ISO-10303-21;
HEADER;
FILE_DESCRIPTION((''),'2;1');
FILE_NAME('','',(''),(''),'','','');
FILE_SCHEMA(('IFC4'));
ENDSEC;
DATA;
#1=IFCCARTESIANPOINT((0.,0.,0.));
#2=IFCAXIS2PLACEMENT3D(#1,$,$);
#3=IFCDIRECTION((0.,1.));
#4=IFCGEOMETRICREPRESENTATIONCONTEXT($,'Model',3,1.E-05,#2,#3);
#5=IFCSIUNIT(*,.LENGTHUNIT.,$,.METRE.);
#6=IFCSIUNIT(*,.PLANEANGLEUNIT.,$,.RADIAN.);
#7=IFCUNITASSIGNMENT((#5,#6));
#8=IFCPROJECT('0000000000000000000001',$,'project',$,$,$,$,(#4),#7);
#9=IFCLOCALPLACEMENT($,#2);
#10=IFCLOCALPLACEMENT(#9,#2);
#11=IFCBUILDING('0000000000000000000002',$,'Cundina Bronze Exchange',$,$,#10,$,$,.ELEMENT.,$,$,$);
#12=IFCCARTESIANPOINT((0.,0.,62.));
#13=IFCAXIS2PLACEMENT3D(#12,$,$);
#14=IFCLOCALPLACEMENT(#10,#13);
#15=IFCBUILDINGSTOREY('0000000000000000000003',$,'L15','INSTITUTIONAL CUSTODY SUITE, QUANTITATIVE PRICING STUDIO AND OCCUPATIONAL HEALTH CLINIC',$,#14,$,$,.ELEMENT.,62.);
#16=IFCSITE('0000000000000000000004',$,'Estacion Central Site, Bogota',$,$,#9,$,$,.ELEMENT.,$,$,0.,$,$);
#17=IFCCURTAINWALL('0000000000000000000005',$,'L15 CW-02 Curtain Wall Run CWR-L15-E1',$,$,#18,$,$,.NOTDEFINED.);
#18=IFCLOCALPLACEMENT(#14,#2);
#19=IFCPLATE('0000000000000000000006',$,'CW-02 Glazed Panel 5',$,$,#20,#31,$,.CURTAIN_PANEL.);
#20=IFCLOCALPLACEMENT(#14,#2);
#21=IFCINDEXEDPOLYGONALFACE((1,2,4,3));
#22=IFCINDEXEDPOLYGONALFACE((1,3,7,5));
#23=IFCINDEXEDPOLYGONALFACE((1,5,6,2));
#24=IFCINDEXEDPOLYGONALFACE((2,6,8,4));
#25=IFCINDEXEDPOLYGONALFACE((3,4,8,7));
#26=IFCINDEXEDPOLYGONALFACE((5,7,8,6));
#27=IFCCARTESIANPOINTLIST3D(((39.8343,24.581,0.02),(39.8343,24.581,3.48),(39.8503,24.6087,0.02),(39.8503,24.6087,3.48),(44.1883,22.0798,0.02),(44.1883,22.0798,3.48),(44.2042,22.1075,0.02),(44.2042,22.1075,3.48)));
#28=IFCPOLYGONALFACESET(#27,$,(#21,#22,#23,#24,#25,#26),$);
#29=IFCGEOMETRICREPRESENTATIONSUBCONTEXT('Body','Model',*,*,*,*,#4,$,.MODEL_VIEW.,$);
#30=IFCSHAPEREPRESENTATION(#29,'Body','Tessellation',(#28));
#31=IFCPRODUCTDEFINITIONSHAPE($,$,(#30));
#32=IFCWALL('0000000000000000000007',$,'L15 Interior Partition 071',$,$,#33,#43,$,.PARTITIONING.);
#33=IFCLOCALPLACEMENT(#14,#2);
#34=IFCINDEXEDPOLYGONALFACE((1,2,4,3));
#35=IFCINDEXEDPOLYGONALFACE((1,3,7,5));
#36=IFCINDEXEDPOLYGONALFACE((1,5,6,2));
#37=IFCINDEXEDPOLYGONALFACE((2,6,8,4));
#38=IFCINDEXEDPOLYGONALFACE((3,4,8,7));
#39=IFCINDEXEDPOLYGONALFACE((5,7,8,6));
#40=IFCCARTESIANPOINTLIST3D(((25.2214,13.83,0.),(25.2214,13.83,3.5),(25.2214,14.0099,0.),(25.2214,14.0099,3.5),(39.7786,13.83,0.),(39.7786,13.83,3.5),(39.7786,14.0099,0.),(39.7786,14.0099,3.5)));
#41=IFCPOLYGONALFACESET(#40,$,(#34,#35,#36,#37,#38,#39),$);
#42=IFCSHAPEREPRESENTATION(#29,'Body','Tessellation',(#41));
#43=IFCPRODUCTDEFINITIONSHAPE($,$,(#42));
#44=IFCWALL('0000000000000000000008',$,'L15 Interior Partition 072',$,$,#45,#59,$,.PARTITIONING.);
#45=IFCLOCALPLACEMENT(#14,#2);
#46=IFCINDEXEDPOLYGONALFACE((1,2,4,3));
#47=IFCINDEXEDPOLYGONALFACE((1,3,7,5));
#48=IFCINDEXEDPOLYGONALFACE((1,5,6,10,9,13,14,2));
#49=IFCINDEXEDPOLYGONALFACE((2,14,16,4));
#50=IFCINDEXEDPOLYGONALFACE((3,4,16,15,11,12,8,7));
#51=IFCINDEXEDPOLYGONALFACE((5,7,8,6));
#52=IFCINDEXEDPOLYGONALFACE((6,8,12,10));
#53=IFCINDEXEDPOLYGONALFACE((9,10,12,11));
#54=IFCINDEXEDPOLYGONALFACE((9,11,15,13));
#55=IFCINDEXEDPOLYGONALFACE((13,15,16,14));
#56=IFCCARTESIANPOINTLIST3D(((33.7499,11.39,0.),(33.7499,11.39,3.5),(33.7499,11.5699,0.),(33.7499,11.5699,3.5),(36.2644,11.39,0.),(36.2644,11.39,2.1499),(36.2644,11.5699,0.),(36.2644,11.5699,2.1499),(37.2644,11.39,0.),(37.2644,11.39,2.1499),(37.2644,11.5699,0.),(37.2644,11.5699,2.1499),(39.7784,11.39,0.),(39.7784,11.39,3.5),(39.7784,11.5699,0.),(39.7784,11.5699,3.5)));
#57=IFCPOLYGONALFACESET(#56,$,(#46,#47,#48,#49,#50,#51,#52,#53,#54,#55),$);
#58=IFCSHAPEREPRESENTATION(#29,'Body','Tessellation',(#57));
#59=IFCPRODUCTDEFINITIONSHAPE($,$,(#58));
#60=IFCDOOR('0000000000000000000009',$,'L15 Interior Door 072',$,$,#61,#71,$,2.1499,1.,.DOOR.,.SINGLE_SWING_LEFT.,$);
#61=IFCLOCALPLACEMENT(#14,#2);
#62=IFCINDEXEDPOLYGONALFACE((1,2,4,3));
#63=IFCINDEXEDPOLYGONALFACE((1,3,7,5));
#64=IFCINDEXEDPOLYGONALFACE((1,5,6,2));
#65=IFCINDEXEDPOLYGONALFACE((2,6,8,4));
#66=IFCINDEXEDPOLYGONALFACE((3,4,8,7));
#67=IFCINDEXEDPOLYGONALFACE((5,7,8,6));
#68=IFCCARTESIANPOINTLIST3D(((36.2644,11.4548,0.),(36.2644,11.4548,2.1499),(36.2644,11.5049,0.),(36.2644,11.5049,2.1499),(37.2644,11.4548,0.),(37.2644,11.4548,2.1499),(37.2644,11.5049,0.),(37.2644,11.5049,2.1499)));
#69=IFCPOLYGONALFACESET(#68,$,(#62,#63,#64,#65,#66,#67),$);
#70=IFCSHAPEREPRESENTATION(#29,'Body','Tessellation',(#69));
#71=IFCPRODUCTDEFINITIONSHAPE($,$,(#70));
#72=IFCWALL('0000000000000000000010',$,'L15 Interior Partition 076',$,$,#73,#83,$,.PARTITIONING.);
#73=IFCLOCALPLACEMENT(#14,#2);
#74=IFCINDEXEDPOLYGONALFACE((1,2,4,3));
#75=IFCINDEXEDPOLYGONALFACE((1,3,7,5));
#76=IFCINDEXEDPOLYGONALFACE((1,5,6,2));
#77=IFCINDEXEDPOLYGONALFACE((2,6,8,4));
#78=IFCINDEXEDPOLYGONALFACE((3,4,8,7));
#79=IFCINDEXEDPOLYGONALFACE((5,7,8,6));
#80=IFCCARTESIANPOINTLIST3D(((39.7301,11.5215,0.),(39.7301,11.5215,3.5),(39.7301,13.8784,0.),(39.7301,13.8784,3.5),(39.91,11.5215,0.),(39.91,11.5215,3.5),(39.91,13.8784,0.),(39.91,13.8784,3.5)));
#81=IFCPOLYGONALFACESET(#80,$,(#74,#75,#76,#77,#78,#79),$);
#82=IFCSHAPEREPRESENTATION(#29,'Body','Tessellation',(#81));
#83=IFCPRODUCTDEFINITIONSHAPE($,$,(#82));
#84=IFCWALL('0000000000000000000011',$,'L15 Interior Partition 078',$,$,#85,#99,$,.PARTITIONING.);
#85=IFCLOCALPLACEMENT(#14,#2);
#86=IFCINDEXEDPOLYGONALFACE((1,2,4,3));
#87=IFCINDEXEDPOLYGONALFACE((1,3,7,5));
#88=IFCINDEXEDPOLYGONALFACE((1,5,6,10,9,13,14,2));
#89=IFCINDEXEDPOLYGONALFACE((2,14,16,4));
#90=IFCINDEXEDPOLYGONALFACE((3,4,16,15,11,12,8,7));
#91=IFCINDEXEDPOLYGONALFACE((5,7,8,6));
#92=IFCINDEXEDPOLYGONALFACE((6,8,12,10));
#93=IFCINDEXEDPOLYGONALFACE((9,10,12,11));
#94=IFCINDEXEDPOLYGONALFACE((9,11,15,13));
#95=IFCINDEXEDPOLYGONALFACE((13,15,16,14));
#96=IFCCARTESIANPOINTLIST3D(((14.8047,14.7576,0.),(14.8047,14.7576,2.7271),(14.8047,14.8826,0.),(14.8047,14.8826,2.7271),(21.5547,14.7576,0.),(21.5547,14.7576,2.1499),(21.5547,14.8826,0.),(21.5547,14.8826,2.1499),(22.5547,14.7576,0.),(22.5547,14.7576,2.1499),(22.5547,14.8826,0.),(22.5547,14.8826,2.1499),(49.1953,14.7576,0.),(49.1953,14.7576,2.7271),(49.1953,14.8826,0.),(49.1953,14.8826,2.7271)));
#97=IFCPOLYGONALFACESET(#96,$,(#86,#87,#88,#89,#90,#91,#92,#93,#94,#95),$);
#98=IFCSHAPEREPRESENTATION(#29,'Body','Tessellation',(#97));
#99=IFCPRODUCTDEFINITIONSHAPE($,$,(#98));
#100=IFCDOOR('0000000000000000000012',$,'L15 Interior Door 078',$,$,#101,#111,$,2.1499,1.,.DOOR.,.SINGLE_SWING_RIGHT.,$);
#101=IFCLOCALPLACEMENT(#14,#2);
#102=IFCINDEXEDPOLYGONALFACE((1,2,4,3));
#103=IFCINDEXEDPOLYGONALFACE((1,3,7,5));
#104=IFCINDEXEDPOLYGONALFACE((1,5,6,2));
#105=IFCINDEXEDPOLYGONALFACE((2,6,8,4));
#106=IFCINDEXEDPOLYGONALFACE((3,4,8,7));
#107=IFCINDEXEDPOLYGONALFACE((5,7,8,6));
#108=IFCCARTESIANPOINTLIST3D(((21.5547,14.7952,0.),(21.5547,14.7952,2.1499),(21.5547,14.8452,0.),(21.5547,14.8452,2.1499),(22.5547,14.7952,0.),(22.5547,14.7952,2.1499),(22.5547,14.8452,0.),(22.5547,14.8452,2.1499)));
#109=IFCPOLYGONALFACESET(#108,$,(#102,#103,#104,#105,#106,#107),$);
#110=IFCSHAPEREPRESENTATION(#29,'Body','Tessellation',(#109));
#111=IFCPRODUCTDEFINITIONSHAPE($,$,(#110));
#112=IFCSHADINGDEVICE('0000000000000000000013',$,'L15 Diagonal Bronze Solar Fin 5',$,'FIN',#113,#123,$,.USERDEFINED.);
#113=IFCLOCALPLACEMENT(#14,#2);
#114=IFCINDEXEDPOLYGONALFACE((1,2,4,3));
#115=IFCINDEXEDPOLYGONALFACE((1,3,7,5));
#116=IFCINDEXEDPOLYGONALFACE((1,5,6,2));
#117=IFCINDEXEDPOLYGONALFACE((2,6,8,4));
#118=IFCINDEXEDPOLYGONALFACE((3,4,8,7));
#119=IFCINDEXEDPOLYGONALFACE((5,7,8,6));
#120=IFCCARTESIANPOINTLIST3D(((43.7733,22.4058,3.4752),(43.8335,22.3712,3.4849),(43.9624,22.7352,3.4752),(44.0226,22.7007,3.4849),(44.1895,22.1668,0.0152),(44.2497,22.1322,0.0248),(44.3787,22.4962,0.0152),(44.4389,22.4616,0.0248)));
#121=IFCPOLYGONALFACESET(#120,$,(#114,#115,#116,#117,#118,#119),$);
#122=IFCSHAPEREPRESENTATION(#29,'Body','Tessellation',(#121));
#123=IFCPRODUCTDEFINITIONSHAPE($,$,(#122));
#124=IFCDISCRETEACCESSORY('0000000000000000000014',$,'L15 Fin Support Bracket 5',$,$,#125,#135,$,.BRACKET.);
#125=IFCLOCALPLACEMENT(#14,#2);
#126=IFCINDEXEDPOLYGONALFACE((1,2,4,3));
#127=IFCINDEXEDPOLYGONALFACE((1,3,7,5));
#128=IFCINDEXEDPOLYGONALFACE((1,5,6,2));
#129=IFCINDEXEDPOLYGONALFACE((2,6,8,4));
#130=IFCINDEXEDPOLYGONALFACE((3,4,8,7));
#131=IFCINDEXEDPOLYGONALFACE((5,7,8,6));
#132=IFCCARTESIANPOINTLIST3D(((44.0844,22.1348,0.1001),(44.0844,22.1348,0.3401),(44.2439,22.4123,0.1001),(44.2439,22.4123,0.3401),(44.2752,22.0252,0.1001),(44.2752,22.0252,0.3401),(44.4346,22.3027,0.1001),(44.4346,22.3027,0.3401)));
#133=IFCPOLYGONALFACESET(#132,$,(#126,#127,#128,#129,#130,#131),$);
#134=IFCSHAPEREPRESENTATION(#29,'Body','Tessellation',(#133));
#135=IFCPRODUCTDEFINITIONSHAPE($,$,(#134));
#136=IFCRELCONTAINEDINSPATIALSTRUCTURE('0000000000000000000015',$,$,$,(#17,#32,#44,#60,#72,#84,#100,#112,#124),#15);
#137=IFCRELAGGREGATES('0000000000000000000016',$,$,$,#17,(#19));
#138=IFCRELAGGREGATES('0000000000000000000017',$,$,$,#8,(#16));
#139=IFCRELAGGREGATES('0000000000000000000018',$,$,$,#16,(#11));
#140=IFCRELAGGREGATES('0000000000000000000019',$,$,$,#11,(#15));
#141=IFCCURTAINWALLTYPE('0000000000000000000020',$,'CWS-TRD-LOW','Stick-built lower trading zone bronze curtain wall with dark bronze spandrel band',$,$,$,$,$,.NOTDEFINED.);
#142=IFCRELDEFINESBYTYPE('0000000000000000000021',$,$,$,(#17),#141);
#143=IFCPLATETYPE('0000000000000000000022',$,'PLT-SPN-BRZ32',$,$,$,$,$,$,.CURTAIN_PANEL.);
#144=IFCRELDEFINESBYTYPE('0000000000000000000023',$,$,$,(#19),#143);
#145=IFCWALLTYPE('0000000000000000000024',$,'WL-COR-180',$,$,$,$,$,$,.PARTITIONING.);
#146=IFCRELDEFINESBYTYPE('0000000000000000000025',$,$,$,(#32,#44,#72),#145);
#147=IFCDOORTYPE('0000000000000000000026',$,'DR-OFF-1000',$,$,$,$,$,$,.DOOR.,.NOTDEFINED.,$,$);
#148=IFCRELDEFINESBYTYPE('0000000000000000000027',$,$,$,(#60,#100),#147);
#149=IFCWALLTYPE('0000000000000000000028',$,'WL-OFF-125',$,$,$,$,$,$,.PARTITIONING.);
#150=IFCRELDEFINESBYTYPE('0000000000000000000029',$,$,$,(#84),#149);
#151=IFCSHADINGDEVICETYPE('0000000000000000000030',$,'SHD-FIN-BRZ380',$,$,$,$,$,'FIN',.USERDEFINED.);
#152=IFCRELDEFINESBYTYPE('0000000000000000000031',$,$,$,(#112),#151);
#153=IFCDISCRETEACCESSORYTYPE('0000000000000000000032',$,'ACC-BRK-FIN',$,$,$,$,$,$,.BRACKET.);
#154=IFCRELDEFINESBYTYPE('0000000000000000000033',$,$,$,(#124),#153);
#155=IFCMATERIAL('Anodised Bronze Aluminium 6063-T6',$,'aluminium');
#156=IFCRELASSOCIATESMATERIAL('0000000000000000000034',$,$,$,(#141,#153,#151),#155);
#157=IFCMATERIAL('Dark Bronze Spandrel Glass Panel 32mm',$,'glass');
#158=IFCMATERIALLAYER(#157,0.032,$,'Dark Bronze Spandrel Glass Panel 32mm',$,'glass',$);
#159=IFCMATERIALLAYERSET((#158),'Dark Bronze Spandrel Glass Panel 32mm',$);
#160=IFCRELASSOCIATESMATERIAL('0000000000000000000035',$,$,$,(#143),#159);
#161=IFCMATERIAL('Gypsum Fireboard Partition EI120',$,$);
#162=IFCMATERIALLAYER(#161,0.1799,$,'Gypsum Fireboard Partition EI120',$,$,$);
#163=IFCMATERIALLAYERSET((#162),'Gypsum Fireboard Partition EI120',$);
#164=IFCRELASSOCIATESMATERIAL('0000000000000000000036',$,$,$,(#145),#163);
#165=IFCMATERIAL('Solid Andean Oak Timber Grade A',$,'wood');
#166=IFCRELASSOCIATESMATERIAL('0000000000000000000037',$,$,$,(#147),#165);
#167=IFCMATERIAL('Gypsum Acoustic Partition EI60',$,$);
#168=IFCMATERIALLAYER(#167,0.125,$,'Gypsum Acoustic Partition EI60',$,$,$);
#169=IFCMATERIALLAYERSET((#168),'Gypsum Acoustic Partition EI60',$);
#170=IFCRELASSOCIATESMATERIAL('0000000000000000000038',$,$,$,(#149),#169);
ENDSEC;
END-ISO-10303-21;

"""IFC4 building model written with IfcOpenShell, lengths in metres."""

from ifc_helpers import new_model, si_unit, direction, frame, frame_2d, origin, origin_2d, place, context, subcontext, project, spatial, rectangle, extrude, material, layer, layer_set, material_profile, profile_set, type_object, element, fill, aggregate, save


model = new_model("IFC4")

# Units and contexts
model_context = context("Model", 3, precision=1e-05, world=origin(), true_north=direction((0.0, 1.0)))
body_context = subcontext(model_context, "Body", "Model", "MODEL_VIEW")
ifc_project = project(units=[si_unit("LENGTHUNIT", "METRE"), si_unit("PLANEANGLEUNIT", "RADIAN")], contexts=[model_context])

# Site, building, storey
site_placement = place(None, origin())
site = spatial("IfcSite", under=ifc_project, at=site_placement, Name="Estacion Central Site, Bogota", CompositionType="ELEMENT", RefElevation=0.0)
building_placement = place(site_placement, origin())
building = spatial("IfcBuilding", under=site, at=building_placement, Name="Cundina Bronze Exchange", CompositionType="ELEMENT")
storey_placement = place(building_placement, frame((0.0, 0.0, 62.0)))
storey = spatial("IfcBuildingStorey", under=building, at=storey_placement, Name="L15", Description="INSTITUTIONAL CUSTODY SUITE, QUANTITATIVE PRICING STUDIO AND OCCUPATIONAL HEALTH CLINIC", CompositionType="ELEMENT", Elevation=62.0)

# Curtain wall, plate
ifc_material_1 = material(Name="Anodised Bronze Aluminium 6063-T6", Category="aluminium")
curtain_wall_type = type_object("IfcCurtainWallType", Name="CWS-TRD-LOW", Description="Stick-built lower trading zone bronze curtain wall with dark bronze spandrel band", PredefinedType="NOTDEFINED", material=ifc_material_1)
curtain_wall_placement = place(storey_placement, origin())
curtain_wall = element("IfcCurtainWall", 1, at=curtain_wall_placement, inside=storey, type_object=curtain_wall_type, Name="L15 CW-02 Curtain Wall Run CWR-L15-E1", PredefinedType="NOTDEFINED")
ifc_material_2 = material(Name="Dark Bronze Spandrel Glass Panel 32mm", Category="glass")
ifc_layer_1 = layer(ifc_material_2, 0.032, Name="Dark Bronze Spandrel Glass Panel 32mm", Category="glass")
ifc_layer_set_1 = layer_set([ifc_layer_1], Name="Dark Bronze Spandrel Glass Panel 32mm")
plate_type_1 = type_object("IfcPlateType", Name="PLT-SPN-BRZ32", PredefinedType="CURTAIN_PANEL", material=ifc_layer_set_1)
plate_1_placement = place(storey_placement, frame((42.0193, 23.3442, 0.02), z_axis=(0.0, 0.0, 1.0), x_axis=(-0.867105, 0.498125, 0.0)))
plate_1 = element("IfcPlate", 2, at=plate_1_placement, type_object=plate_type_1, Name="CW-02 Glazed Panel 5", PredefinedType="CURTAIN_PANEL", context=body_context, shape_type="SweptSolid", body=[
    extrude(rectangle(XDim=5.0212, YDim=0.032, at=origin_2d()), origin(), (0.0, 0.0, 1.0), 3.46),
])
aggregate(curtain_wall, [plate_1])

# Wall
ifc_material_3 = material(Name="Gypsum Fireboard Partition EI120")
ifc_layer_2 = layer(ifc_material_3, 0.1799, Name="Gypsum Fireboard Partition EI120")
ifc_layer_set_2 = layer_set([ifc_layer_2], Name="Gypsum Fireboard Partition EI120")
wall_type_1 = type_object("IfcWallType", Name="WL-COR-180", PredefinedType="PARTITIONING", material=ifc_layer_set_2)
wall_1_placement = place(storey_placement, frame((39.7786, 13.9199, 0.0), z_axis=(0.0, 0.0, 1.0), x_axis=(-1.0, 0.0, 0.0)))
element("IfcWall", 3, at=wall_1_placement, inside=storey, type_object=wall_type_1, Name="L15 Interior Partition 071", PredefinedType="PARTITIONING", context=body_context, shape_type="SweptSolid", body=[
    extrude(rectangle(XDim=14.5571, YDim=0.1799, at=frame_2d((7.2786, 0.0))), origin(), (0.0, 0.0, 1.0), 3.5),
])

# Wall, opening, door
wall_2_placement = place(storey_placement, frame((33.75, 11.48, 0.0), z_axis=(0.0, 0.0, 1.0), x_axis=(1.0, 0.0, 0.0)))
wall_2 = element("IfcWall", 4, at=wall_2_placement, inside=storey, type_object=wall_type_1, Name="L15 Interior Partition 072", PredefinedType="PARTITIONING", context=body_context, shape_type="SweptSolid", body=[
    extrude(rectangle(XDim=6.0286, YDim=0.1799, at=frame_2d((3.0142, 0.0))), origin(), (0.0, 0.0, 1.0), 3.5),
])
opening_1_placement = place(wall_2_placement, frame((2.5144, 0.0, 0.0)))
opening_1 = element("IfcOpeningElement", 5, at=opening_1_placement, cuts=wall_2, PredefinedType="OPENING", context=body_context, shape_type="SweptSolid", body=[
    extrude(rectangle(XDim=1.0, YDim=2.1499, at=frame_2d((0.5, 1.075))), frame((0.0, 0.0999, 0.0), z_axis=(0.0, -1.0, 0.0), x_axis=(1.0, 0.0, 0.0)), (0.0, 0.0, 1.0), 0.2),
])
ifc_material_4 = material(Name="Solid Andean Oak Timber Grade A", Category="wood")
door_type = type_object("IfcDoorType", Name="DR-OFF-1000", OperationType="NOTDEFINED", PredefinedType="DOOR", material=ifc_material_4)
door_1_placement = place(opening_1_placement, origin())
door_1 = element("IfcDoor", 6, at=door_1_placement, inside=storey, type_object=door_type, Name="L15 Interior Door 072", OperationType="SINGLE_SWING_LEFT", OverallHeight=2.1499, OverallWidth=1.0, PredefinedType="DOOR", context=body_context, shape_type="SweptSolid", body=[
    extrude(rectangle(XDim=1.0, YDim=2.1499, at=frame_2d((0.5, 1.075))), frame((0.0, 0.0249, 0.0), z_axis=(0.0, -1.0, 0.0), x_axis=(1.0, 0.0, 0.0)), (0.0, 0.0, 1.0), 0.05),
])
fill(opening_1, door_1)

# Wall
wall_3_placement = place(storey_placement, frame((39.8201, 11.5215, 0.0), z_axis=(0.0, 0.0, 1.0), x_axis=(0.0, 1.0, 0.0)))
element("IfcWall", 7, at=wall_3_placement, inside=storey, type_object=wall_type_1, Name="L15 Interior Partition 076", PredefinedType="PARTITIONING", context=body_context, shape_type="SweptSolid", body=[
    extrude(rectangle(XDim=2.3569, YDim=0.1799, at=frame_2d((1.1785, 0.0))), origin(), (0.0, 0.0, 1.0), 3.5),
])

# Wall, opening, door
ifc_material_5 = material(Name="Gypsum Acoustic Partition EI60")
ifc_layer_3 = layer(ifc_material_5, 0.125, Name="Gypsum Acoustic Partition EI60")
ifc_layer_set_3 = layer_set([ifc_layer_3], Name="Gypsum Acoustic Partition EI60")
wall_type_2 = type_object("IfcWallType", Name="WL-OFF-125", PredefinedType="PARTITIONING", material=ifc_layer_set_3)
wall_4_placement = place(storey_placement, frame((49.1953, 14.8201, 0.0), z_axis=(0.0, 0.0, 1.0), x_axis=(-1.0, 0.0, 0.0)))
wall_4 = element("IfcWall", 8, at=wall_4_placement, inside=storey, type_object=wall_type_2, Name="L15 Interior Partition 078", PredefinedType="PARTITIONING", context=body_context, shape_type="SweptSolid", body=[
    extrude(rectangle(XDim=34.3906, YDim=0.125, at=frame_2d((17.1953, 0.0))), origin(), (0.0, 0.0, 1.0), 2.7271),
])
opening_2_placement = place(wall_4_placement, frame((26.6406, 0.0, 0.0)))
opening_2 = element("IfcOpeningElement", 9, at=opening_2_placement, cuts=wall_4, PredefinedType="OPENING", context=body_context, shape_type="SweptSolid", body=[
    extrude(rectangle(XDim=1.0, YDim=2.1499, at=frame_2d((0.5, 1.075))), frame((0.0, 0.0725, 0.0), z_axis=(0.0, -1.0, 0.0), x_axis=(1.0, 0.0, 0.0)), (0.0, 0.0, 1.0), 0.145),
])
door_2_placement = place(opening_2_placement, origin())
door_2 = element("IfcDoor", 10, at=door_2_placement, inside=storey, type_object=door_type, Name="L15 Interior Door 078", OperationType="SINGLE_SWING_RIGHT", OverallHeight=2.1499, OverallWidth=1.0, PredefinedType="DOOR", context=body_context, shape_type="SweptSolid", body=[
    extrude(rectangle(XDim=1.0, YDim=2.1499, at=frame_2d((0.5, 1.075))), frame((0.0, 0.0249, 0.0), z_axis=(0.0, -1.0, 0.0), x_axis=(1.0, 0.0, 0.0)), (0.0, 0.0, 1.0), 0.05),
])
fill(opening_2, door_2)

# Shading device
ifc_material_profile_1 = material_profile(ifc_material_1, rectangle(XDim=0.0701, YDim=0.3799, at=origin_2d()), Name="FIN70X380", Category="aluminium")
ifc_profile_set_1 = profile_set([ifc_material_profile_1], Name="Anodised Bronze Aluminium 6063-T6")
shading_device_type = type_object("IfcShadingDeviceType", Name="SHD-FIN-BRZ380", ElementType="FIN", PredefinedType="USERDEFINED", material=ifc_profile_set_1)
shading_device_placement = place(storey_placement, frame((44.3142, 22.3142, 0.02), z_axis=(-0.119166, 0.068425, 0.990514), x_axis=(0.858982, -0.493222, 0.137414)))
element("IfcShadingDevice", 11, at=shading_device_placement, inside=storey, type_object=shading_device_type, Name="L15 Diagonal Bronze Solar Fin 5", ObjectType="FIN", PredefinedType="USERDEFINED", context=body_context, shape_type="SweptSolid", body=[
    extrude(rectangle(XDim=0.0701, YDim=0.3799, at=origin_2d()), origin(), (0.0, 0.0, 1.0), 3.4932),
])

# Discrete accessory
discrete_accessory_type = type_object("IfcDiscreteAccessoryType", Name="ACC-BRK-FIN", PredefinedType="BRACKET", material=ifc_material_1)
discrete_accessory_placement = place(storey_placement, frame((44.2595, 22.2188, 0.1001), z_axis=(0.0, 0.0, 1.0), x_axis=(-0.867105, 0.498125, 0.0)))
element("IfcDiscreteAccessory", 12, at=discrete_accessory_placement, inside=storey, type_object=discrete_accessory_type, Name="L15 Fin Support Bracket 5", PredefinedType="BRACKET", context=body_context, shape_type="SweptSolid", body=[
    extrude(rectangle(XDim=0.22, YDim=0.3201, at=origin_2d()), origin(), (0.0, 0.0, 1.0), 0.24),
])

save(model, "model.ifc")
